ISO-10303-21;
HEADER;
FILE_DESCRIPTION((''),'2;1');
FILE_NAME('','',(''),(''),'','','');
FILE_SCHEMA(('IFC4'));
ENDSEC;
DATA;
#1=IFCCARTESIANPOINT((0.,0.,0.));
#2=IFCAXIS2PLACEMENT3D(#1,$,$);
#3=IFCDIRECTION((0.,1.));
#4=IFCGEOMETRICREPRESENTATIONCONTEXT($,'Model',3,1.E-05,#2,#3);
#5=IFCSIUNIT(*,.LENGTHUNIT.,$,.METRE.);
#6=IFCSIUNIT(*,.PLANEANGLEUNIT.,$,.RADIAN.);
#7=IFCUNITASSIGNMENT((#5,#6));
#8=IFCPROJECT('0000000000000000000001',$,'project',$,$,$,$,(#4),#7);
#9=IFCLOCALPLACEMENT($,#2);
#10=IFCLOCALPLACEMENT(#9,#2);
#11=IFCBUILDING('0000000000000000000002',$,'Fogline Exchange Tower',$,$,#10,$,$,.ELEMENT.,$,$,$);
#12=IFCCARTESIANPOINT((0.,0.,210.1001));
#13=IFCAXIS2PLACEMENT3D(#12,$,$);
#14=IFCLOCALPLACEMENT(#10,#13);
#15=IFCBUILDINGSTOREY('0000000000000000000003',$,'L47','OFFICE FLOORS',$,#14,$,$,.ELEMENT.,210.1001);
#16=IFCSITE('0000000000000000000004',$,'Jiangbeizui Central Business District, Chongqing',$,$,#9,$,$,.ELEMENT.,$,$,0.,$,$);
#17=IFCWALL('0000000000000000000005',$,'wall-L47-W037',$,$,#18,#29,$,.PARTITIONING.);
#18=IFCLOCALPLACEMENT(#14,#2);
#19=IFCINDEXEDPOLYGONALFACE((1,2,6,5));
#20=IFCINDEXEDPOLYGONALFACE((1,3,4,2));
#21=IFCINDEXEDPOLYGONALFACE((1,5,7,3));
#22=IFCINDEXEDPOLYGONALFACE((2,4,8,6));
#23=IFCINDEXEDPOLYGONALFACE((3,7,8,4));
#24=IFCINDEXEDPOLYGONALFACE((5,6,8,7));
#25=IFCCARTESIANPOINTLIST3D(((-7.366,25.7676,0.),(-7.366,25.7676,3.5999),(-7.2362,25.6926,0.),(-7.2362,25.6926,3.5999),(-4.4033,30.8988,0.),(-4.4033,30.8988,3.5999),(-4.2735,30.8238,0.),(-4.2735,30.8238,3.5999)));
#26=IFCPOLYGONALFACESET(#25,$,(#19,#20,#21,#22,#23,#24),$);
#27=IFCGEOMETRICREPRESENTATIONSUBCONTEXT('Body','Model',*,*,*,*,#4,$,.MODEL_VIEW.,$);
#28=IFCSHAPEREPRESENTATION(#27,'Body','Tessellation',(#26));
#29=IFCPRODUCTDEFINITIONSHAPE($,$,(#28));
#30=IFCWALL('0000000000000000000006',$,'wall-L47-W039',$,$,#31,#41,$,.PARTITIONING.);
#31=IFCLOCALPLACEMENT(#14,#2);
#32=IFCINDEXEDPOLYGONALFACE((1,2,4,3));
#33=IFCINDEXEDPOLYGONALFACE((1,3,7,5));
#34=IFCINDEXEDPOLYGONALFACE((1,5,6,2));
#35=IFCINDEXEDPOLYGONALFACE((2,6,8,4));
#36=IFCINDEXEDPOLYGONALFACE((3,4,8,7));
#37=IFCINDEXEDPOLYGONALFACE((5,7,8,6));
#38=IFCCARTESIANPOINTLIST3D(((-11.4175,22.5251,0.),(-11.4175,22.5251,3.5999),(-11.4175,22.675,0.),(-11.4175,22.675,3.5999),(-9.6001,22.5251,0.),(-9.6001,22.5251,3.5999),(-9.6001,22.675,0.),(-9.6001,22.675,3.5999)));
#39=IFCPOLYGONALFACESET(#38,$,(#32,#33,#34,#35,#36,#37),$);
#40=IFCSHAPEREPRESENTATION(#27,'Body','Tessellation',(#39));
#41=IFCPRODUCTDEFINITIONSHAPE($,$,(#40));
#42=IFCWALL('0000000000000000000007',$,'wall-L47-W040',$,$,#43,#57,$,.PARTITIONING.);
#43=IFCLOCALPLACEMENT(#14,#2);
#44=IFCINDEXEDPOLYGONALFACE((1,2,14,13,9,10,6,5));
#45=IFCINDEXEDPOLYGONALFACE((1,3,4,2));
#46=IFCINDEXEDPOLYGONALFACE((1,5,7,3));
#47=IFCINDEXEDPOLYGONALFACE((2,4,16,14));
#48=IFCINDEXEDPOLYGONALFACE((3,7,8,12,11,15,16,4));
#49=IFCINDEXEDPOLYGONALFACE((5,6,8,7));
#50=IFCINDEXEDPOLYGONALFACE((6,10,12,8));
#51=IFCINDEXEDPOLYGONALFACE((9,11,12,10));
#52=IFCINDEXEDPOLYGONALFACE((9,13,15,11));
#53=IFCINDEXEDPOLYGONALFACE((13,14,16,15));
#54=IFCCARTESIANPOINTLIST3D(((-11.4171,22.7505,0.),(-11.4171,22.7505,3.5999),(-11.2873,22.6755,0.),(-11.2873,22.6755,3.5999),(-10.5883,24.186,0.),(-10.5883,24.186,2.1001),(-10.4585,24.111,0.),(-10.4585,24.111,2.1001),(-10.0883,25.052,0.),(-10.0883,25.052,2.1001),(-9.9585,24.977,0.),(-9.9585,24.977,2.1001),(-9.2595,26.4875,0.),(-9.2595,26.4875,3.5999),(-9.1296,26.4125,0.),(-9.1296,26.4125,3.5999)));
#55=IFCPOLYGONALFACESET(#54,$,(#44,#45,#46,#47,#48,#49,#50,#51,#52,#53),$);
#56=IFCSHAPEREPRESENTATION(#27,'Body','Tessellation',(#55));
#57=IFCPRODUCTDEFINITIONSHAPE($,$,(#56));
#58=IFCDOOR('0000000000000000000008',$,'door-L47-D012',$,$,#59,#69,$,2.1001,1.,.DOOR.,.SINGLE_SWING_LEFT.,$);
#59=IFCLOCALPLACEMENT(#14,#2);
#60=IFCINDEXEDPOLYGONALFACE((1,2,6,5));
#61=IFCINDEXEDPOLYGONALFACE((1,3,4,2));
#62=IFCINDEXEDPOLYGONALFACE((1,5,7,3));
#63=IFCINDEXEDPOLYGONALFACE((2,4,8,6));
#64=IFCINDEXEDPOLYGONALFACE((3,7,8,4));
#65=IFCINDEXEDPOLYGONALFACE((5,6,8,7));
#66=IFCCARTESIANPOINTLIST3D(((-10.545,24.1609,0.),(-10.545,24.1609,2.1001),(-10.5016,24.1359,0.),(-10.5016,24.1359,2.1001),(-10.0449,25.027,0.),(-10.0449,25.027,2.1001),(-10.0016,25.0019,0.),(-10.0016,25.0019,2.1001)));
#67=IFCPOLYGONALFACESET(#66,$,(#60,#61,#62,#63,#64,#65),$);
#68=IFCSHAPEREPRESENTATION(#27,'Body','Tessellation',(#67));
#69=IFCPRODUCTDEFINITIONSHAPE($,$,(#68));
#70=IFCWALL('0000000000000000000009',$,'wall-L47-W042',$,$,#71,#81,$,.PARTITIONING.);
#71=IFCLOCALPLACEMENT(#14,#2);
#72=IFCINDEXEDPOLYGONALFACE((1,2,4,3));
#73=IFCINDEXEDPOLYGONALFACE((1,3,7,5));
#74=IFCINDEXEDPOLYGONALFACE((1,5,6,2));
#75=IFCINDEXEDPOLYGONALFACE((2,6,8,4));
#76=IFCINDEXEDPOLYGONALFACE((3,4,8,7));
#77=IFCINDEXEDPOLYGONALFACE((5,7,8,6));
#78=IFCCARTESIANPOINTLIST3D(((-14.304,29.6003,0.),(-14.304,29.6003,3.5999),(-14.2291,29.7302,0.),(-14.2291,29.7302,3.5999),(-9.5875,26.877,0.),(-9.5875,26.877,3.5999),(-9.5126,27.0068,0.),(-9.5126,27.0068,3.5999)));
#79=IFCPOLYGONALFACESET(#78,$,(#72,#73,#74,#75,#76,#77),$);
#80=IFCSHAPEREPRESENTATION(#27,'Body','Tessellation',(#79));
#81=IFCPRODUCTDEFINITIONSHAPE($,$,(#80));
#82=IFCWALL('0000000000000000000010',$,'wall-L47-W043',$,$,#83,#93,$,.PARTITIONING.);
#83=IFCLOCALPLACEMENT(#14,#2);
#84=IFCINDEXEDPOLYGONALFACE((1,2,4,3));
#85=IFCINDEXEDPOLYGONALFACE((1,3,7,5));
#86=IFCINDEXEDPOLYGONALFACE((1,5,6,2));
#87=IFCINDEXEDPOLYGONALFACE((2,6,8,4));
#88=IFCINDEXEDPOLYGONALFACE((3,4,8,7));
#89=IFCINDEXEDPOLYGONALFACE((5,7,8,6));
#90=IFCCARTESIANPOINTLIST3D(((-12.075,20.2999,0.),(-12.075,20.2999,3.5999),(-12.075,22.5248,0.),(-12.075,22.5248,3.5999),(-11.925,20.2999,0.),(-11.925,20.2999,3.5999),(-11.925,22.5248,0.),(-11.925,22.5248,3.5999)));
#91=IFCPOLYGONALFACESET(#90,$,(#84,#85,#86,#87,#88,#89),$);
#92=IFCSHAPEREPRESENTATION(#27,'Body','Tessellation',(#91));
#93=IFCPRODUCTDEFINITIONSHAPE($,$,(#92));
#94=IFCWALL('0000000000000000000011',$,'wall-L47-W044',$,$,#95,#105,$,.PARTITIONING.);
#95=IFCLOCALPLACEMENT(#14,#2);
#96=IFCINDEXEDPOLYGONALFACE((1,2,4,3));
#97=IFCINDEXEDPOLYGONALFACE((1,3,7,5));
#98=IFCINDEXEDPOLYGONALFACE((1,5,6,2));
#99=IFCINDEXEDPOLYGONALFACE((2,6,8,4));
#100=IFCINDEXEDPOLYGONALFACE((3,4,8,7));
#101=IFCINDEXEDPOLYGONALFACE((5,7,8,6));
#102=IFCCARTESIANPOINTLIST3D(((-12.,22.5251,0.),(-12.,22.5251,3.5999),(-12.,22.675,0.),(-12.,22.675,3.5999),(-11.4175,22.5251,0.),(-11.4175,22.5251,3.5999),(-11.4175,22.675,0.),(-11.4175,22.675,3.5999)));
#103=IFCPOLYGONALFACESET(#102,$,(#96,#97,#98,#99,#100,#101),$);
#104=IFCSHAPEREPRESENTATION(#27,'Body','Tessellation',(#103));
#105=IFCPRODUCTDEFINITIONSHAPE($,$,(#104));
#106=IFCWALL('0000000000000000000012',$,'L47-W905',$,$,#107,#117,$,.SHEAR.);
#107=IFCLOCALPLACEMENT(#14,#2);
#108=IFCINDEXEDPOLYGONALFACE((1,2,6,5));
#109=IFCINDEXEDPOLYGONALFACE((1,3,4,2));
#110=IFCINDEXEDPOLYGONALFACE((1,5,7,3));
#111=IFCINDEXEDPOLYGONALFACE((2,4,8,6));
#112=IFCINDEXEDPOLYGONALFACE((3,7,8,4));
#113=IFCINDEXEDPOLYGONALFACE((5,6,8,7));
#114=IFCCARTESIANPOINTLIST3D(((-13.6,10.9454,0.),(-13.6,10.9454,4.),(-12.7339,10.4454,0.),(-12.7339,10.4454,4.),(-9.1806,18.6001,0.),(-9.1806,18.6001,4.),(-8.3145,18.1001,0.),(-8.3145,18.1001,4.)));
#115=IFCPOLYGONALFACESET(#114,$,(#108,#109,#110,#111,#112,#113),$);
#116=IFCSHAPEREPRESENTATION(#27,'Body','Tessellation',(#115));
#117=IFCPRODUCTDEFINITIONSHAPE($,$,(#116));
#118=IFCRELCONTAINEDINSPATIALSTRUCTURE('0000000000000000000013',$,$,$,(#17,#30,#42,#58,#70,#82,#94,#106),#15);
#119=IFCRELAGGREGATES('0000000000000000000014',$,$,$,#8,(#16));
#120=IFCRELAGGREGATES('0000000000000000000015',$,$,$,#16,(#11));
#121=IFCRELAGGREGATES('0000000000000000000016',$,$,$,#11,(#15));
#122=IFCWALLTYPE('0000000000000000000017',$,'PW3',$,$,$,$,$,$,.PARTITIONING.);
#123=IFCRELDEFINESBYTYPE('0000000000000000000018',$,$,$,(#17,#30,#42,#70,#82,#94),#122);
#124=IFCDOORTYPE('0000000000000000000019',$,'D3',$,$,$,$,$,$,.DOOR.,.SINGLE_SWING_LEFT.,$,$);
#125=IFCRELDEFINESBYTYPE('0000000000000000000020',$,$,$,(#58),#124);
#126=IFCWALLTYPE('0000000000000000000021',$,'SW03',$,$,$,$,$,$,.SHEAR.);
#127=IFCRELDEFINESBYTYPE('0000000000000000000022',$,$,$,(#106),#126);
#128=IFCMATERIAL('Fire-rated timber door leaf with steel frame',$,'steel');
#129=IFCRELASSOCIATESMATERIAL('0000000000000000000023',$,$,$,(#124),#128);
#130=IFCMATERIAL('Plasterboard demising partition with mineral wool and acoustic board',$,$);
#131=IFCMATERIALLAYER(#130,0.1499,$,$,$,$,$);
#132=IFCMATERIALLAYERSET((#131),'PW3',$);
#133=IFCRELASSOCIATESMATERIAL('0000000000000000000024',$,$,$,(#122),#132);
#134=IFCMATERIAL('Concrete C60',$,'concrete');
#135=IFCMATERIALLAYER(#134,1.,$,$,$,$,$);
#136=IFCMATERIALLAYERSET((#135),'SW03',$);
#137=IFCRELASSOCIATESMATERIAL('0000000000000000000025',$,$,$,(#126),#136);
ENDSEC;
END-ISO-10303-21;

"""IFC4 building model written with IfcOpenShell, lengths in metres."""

from ifc_helpers import new_model, si_unit, direction, frame, frame_2d, origin, place, context, subcontext, project, spatial, rectangle, extrude, material, layer, layer_set, type_object, element, fill, save


model = new_model("IFC4")

# Units and contexts
model_context = context("Model", 3, precision=1e-05, world=origin(), true_north=direction((0.0, 1.0)))
body_context = subcontext(model_context, "Body", "Model", "MODEL_VIEW")
ifc_project = project(units=[si_unit("LENGTHUNIT", "METRE"), si_unit("PLANEANGLEUNIT", "RADIAN")], contexts=[model_context])

# Site, building, storey
site_placement = place(None, origin())
site = spatial("IfcSite", under=ifc_project, at=site_placement, Name="Jiangbeizui Central Business District, Chongqing", CompositionType="ELEMENT", RefElevation=0.0)
building_placement = place(site_placement, origin())
building = spatial("IfcBuilding", under=site, at=building_placement, Name="Fogline Exchange Tower", CompositionType="ELEMENT")
storey_placement = place(building_placement, frame((0.0, 0.0, 210.1001)))
storey = spatial("IfcBuildingStorey", under=building, at=storey_placement, Name="L47", Description="OFFICE FLOORS", CompositionType="ELEMENT", Elevation=210.1001)

# Shared definitions
ifc_material_1 = material(Name="Concrete C60", Category="concrete")

# Shared definitions
ifc_material_2 = material(Name="Fire-rated timber door leaf with steel frame", Category="steel")
door_type_1 = type_object("IfcDoorType", Name="D3", OperationType="SINGLE_SWING_LEFT", PredefinedType="DOOR", material=ifc_material_2)

# Walls
ifc_material_3 = material(Name="Plasterboard demising partition with mineral wool and acoustic board")
ifc_layer_1 = layer(ifc_material_3, 0.1499)
ifc_layer_set_1 = layer_set([ifc_layer_1], Name="PW3")
wall_type_1 = type_object("IfcWallType", Name="PW3", PredefinedType="PARTITIONING", material=ifc_layer_set_1)
wall_1_placement = place(storey_placement, frame((-7.301, 25.7302, 0.0), z_axis=(0.0, 0.0, 1.0), x_axis=(0.500026, 0.866011, 0.0)))
element("IfcWall", 1, at=wall_1_placement, inside=storey, type_object=wall_type_1, Name="wall-L47-W037", PredefinedType="PARTITIONING", context=body_context, shape_type="SweptSolid", body=[
    extrude(rectangle(XDim=5.925, YDim=0.1499, at=frame_2d((2.9624, 0.0))), origin(), (0.0, 0.0, 1.0), 3.5999),
])
wall_2_placement = place(storey_placement, frame((-9.6001, 22.6001, 0.0), z_axis=(0.0, 0.0, 1.0), x_axis=(-1.0, 0.0, 0.0)))
element("IfcWall", 2, at=wall_2_placement, inside=storey, type_object=wall_type_1, Name="wall-L47-W039", PredefinedType="PARTITIONING", context=body_context, shape_type="SweptSolid", body=[
    extrude(rectangle(XDim=1.8174, YDim=0.1499, at=frame_2d((0.9087, 0.0))), origin(), (0.0, 0.0, 1.0), 3.5999),
])

# Wall, opening, door
wall_3_placement = place(storey_placement, frame((-11.3523, 22.7129, 0.0), z_axis=(0.0, 0.0, 1.0), x_axis=(0.500021, 0.866013, 0.0)))
wall_3 = element("IfcWall", 3, at=wall_3_placement, inside=storey, type_object=wall_type_1, Name="wall-L47-W040", PredefinedType="PARTITIONING", context=body_context, shape_type="SweptSolid", body=[
    extrude(rectangle(XDim=4.3152, YDim=0.1499, at=frame_2d((2.1577, 0.0))), origin(), (0.0, 0.0, 1.0), 3.5999),
])
opening_1_placement = place(wall_3_placement, frame((1.6577, 0.0, 0.0)))
opening_1 = element("IfcOpeningElement", 4, at=opening_1_placement, cuts=wall_3, PredefinedType="OPENING", context=body_context, shape_type="SweptSolid", body=[
    extrude(rectangle(XDim=1.0, YDim=2.1001, at=frame_2d((0.5, 1.05))), frame((0.0, 0.085, 0.0), z_axis=(0.0, -1.0, 0.0), x_axis=(1.0, 0.0, 0.0)), (0.0, 0.0, 1.0), 0.1699),
])
door_1_placement = place(opening_1_placement, origin())
door_1 = element("IfcDoor", 5, at=door_1_placement, inside=storey, type_object=door_type_1, Name="door-L47-D012", OperationType="SINGLE_SWING_LEFT", OverallHeight=2.1001, OverallWidth=1.0, PredefinedType="DOOR", context=body_context, shape_type="SweptSolid", body=[
    extrude(rectangle(XDim=1.0, YDim=2.1001, at=frame_2d((0.5, 1.05))), frame((0.0, 0.0249, 0.0), z_axis=(0.0, -1.0, 0.0), x_axis=(1.0, 0.0, 0.0)), (0.0, 0.0, 1.0), 0.05),
])
fill(opening_1, door_1)

# Walls
wall_4_placement = place(storey_placement, frame((-9.55, 26.9419, 0.0), z_axis=(0.0, 0.0, 1.0), x_axis=(-0.866003, 0.500039, 0.0)))
element("IfcWall", 6, at=wall_4_placement, inside=storey, type_object=wall_type_1, Name="wall-L47-W042", PredefinedType="PARTITIONING", context=body_context, shape_type="SweptSolid", body=[
    extrude(rectangle(XDim=5.4463, YDim=0.1499, at=frame_2d((2.7231, 0.0))), origin(), (0.0, 0.0, 1.0), 3.5999),
])
wall_5_placement = place(storey_placement, frame((-12.0, 20.3, 0.0), z_axis=(0.0, 0.0, 1.0), x_axis=(0.0, 1.0, 0.0)))
element("IfcWall", 7, at=wall_5_placement, inside=storey, type_object=wall_type_1, Name="wall-L47-W043", PredefinedType="PARTITIONING", context=body_context, shape_type="SweptSolid", body=[
    extrude(rectangle(XDim=2.2249, YDim=0.1499, at=frame_2d((1.1123, 0.0))), origin(), (0.0, 0.0, 1.0), 3.5999),
])
wall_6_placement = place(storey_placement, frame((-12.0, 22.6001, 0.0), z_axis=(0.0, 0.0, 1.0), x_axis=(1.0, 0.0, 0.0)))
element("IfcWall", 8, at=wall_6_placement, inside=storey, type_object=wall_type_1, Name="wall-L47-W044", PredefinedType="PARTITIONING", context=body_context, shape_type="SweptSolid", body=[
    extrude(rectangle(XDim=0.5825, YDim=0.1499, at=frame_2d((0.2913, 0.0))), origin(), (0.0, 0.0, 1.0), 3.5999),
])
ifc_layer_2 = layer(ifc_material_1, 1.0)
ifc_layer_set_2 = layer_set([ifc_layer_2], Name="SW03")
wall_type_2 = type_object("IfcWallType", Name="SW03", PredefinedType="SHEAR", material=ifc_layer_set_2)
wall_7_placement = place(storey_placement, frame((-8.7476, 18.3501, 0.0), z_axis=(0.0, 0.0, 1.0), x_axis=(-0.499995, -0.866028, 0.0)))
element("IfcWall", 9, at=wall_7_placement, inside=storey, type_object=wall_type_2, Name="L47-W905", PredefinedType="SHEAR", context=body_context, shape_type="SweptSolid", body=[
    extrude(rectangle(XDim=8.8389, YDim=1.0, at=frame_2d((4.4194, 0.0))), origin(), (0.0, 0.0, 1.0), 4.0),
])

save(model, "model.ifc")
